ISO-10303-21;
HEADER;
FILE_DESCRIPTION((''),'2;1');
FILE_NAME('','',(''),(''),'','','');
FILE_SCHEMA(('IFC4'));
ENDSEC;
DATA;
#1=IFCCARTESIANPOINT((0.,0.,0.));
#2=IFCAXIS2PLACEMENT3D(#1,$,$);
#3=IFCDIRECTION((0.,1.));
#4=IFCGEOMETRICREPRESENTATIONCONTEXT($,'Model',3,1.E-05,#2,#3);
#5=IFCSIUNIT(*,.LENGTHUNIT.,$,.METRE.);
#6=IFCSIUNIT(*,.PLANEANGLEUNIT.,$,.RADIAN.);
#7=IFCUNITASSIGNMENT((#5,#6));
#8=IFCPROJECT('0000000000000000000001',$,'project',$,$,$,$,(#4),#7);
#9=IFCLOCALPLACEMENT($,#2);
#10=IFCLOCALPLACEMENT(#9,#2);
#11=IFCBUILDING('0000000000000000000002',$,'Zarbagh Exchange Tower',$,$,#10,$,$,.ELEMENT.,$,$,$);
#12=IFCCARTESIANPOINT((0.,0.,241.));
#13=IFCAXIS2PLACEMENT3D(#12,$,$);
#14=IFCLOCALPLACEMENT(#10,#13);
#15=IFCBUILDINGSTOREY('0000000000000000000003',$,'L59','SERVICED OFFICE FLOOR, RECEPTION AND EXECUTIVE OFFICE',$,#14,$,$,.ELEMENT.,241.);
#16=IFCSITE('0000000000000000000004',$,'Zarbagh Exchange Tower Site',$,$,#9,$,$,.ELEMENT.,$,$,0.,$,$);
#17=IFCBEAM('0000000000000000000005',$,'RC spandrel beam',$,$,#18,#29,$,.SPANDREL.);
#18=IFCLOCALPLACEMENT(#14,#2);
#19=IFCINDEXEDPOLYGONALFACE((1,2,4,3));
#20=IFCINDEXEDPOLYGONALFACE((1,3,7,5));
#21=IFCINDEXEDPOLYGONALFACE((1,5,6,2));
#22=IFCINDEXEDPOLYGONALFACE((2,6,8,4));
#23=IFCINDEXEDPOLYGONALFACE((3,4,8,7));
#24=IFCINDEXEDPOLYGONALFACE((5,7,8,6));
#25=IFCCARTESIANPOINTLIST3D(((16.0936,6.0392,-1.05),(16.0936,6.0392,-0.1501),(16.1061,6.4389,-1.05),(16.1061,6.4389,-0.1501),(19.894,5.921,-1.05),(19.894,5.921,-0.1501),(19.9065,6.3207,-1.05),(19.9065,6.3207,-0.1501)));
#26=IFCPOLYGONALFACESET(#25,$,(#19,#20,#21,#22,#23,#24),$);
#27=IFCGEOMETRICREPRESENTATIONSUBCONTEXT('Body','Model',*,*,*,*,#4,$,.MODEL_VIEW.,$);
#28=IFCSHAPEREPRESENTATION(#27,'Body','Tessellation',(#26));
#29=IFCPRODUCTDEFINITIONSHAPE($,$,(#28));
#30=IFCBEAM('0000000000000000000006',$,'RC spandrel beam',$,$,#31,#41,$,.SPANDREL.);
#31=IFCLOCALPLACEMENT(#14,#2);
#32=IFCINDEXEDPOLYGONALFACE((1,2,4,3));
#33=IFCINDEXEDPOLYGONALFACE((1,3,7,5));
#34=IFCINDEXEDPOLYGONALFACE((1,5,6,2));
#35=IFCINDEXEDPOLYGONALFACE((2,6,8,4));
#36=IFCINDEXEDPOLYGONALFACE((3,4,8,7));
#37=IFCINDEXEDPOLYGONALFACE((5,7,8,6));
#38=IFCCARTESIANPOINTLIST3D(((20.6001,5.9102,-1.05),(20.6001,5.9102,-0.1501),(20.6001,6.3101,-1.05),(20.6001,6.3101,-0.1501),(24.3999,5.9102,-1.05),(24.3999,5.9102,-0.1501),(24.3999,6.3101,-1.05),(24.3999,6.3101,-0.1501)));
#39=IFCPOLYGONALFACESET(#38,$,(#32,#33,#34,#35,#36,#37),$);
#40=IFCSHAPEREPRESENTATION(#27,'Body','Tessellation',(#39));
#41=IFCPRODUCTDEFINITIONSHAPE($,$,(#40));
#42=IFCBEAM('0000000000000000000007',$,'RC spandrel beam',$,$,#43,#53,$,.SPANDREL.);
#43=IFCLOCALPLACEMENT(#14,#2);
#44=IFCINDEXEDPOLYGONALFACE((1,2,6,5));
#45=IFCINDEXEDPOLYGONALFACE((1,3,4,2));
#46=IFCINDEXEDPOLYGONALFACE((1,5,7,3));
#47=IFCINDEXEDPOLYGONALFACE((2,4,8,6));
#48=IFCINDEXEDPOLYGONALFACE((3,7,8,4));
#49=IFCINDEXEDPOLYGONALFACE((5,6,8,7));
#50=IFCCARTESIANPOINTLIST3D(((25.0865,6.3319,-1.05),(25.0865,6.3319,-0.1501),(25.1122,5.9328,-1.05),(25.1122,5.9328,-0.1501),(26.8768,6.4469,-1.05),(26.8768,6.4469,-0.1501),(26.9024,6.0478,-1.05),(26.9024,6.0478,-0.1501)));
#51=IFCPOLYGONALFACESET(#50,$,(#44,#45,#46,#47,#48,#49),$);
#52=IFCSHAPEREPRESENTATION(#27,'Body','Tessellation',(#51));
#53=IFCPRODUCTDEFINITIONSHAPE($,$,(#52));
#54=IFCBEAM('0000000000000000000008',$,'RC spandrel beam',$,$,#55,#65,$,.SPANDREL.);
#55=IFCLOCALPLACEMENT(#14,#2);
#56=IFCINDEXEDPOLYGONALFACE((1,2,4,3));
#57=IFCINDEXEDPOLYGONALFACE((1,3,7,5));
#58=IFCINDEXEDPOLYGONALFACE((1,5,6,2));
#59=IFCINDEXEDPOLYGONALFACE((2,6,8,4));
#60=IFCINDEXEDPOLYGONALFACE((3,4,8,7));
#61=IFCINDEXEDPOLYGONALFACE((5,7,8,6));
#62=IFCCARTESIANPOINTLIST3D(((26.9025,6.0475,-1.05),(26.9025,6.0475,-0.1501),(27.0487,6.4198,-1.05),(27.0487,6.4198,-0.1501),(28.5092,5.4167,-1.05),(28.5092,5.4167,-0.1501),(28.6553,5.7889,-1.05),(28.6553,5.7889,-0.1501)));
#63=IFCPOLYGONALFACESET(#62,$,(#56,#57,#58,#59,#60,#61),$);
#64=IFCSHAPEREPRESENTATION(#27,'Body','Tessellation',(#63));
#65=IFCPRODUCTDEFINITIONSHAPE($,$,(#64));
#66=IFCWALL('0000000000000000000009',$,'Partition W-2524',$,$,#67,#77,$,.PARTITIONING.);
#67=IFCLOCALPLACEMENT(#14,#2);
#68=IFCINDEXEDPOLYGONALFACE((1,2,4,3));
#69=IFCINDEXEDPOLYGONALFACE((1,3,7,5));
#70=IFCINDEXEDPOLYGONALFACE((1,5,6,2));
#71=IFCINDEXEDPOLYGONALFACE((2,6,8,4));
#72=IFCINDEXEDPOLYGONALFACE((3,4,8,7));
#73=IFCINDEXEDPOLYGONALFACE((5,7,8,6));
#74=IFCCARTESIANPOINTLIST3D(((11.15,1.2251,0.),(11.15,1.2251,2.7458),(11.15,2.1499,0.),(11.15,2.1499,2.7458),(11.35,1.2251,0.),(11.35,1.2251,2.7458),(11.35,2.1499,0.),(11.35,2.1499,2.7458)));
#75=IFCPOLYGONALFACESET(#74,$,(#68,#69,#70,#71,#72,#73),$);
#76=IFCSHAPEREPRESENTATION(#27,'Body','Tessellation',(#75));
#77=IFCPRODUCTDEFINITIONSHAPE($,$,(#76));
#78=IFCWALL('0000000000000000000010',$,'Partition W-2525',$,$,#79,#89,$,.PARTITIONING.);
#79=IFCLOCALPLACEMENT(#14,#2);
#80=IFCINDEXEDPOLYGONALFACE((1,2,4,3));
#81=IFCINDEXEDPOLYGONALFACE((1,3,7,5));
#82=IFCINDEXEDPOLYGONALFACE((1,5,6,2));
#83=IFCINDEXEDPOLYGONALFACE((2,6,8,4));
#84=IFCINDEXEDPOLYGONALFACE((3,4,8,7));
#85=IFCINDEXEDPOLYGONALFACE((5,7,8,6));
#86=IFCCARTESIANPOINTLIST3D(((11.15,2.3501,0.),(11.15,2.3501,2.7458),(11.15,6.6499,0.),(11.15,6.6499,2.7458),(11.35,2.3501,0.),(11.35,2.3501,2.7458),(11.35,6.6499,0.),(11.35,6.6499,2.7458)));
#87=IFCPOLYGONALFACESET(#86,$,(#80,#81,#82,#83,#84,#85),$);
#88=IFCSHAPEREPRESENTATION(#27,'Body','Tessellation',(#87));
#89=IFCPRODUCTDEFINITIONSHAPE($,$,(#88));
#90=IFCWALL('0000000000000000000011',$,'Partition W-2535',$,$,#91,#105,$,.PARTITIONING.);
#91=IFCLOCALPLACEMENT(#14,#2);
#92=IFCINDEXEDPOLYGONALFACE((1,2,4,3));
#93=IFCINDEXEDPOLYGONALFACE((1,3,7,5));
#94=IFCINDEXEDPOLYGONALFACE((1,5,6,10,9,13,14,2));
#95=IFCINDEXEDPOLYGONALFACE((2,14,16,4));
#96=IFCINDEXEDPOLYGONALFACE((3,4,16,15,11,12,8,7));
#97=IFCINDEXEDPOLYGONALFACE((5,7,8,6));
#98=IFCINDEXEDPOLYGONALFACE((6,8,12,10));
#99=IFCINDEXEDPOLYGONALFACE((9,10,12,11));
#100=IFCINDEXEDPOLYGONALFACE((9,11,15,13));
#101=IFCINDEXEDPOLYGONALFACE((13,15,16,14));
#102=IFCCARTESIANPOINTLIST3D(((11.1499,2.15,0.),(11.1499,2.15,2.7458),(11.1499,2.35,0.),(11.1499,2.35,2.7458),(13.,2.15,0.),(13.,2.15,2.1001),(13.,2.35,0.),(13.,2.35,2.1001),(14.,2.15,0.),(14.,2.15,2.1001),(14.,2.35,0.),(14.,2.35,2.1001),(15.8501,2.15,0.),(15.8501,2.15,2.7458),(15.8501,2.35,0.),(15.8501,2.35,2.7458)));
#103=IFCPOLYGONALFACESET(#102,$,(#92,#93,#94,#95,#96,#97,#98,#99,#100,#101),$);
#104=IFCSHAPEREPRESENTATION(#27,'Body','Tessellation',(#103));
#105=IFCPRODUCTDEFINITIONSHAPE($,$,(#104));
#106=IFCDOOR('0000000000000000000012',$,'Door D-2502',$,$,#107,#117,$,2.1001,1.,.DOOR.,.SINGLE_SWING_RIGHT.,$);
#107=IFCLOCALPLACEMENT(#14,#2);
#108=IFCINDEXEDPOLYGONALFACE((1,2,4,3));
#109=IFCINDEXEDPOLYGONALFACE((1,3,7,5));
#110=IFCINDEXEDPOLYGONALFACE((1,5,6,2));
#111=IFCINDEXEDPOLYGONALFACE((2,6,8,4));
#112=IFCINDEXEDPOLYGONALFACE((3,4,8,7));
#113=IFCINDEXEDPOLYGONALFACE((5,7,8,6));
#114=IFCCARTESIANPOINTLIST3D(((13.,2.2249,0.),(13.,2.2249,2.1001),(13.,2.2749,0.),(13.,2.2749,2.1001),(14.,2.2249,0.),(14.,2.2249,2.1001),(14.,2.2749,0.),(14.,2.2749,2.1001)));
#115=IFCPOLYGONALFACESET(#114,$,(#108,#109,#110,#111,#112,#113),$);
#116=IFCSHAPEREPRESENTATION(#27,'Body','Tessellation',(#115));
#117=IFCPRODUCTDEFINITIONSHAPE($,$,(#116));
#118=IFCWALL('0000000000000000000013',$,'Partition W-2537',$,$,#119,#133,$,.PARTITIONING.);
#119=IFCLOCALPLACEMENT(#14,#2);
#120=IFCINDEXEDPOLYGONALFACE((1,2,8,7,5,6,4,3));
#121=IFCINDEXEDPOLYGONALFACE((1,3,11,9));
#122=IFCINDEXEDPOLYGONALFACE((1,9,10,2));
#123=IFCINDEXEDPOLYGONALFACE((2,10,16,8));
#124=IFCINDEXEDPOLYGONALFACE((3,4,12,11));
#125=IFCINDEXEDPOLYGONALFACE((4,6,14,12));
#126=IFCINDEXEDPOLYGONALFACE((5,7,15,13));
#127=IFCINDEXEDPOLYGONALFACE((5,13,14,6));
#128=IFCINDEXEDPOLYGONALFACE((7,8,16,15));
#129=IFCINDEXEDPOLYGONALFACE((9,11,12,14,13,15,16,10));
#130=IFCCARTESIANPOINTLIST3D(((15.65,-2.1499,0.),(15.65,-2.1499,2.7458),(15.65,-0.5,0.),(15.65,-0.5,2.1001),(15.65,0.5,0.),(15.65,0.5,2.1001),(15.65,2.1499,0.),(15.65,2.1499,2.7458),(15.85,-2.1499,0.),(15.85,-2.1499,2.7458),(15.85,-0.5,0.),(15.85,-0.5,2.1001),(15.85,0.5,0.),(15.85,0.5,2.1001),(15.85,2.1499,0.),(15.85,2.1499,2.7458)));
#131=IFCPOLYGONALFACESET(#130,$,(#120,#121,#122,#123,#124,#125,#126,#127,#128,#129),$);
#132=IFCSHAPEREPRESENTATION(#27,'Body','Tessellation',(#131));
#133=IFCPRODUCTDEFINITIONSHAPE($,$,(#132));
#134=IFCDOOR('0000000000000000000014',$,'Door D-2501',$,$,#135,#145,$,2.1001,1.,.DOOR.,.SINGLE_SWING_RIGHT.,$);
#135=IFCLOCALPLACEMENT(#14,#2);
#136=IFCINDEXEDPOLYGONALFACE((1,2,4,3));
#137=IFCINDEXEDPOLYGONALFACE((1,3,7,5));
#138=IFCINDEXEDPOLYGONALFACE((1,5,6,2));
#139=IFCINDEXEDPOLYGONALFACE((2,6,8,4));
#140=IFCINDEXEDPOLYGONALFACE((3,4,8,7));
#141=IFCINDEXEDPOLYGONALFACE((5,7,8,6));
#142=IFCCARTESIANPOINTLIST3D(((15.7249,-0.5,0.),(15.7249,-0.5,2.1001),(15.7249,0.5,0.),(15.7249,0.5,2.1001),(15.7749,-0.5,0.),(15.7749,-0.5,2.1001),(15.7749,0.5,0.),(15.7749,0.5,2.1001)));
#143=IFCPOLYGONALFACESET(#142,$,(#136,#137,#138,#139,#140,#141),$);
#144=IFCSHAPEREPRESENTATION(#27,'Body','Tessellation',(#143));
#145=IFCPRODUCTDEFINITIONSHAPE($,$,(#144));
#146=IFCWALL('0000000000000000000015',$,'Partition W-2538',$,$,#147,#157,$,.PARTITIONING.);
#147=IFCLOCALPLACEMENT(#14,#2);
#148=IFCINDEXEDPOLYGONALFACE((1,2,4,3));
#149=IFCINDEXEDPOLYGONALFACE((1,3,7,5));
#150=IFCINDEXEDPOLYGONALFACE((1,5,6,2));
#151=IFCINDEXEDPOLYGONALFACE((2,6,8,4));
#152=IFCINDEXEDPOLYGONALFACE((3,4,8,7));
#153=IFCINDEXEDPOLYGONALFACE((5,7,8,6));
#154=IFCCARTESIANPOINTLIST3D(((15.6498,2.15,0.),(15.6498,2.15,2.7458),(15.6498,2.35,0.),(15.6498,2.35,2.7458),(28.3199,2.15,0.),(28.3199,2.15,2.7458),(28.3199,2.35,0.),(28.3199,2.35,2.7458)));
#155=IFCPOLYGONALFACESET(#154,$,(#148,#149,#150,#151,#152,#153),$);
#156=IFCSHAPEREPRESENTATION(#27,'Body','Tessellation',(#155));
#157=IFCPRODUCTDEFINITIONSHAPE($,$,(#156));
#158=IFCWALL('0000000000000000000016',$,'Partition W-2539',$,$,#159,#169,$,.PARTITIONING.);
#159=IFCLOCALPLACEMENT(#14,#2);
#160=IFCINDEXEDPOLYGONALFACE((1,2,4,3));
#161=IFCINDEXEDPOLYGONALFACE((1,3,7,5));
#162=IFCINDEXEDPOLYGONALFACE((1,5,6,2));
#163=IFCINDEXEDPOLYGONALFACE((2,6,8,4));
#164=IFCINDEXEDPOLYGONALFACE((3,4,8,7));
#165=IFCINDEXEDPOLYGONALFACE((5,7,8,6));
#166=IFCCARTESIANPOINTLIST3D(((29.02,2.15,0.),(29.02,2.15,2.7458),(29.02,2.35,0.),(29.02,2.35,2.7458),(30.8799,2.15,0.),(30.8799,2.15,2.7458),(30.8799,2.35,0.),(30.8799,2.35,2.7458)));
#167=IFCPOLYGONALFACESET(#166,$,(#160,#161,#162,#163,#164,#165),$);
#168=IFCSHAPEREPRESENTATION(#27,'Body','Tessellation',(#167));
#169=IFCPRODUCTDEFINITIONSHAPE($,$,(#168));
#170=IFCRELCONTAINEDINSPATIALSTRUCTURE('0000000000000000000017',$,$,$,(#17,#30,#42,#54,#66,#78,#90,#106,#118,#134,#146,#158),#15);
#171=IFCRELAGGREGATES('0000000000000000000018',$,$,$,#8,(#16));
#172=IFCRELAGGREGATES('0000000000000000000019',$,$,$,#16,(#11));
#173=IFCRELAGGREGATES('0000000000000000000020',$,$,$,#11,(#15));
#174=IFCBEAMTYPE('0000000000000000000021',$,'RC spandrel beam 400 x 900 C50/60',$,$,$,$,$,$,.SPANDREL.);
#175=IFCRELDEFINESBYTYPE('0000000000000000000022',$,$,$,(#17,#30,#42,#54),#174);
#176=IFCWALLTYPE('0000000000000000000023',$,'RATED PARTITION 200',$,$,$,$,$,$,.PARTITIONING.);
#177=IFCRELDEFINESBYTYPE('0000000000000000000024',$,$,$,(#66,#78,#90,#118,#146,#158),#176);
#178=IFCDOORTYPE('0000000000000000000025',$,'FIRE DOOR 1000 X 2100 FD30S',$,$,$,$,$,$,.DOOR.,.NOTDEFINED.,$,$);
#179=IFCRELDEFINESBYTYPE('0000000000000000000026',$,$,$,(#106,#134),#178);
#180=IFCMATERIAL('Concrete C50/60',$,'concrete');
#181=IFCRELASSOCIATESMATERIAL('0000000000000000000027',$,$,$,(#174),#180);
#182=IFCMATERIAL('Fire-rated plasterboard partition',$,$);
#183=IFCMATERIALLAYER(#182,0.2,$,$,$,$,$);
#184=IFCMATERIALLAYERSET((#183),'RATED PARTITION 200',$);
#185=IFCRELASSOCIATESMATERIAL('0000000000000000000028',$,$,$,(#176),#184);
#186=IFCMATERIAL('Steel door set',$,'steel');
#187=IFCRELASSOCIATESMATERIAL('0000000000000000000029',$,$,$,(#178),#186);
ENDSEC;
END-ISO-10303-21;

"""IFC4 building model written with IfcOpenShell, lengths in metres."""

from ifc_helpers import new_model, si_unit, direction, frame, frame_2d, origin, origin_2d, place, context, subcontext, project, spatial, rectangle, extrude, material, layer, layer_set, material_profile, profile_set, type_object, element, fill, save


model = new_model("IFC4")

# Units and contexts
model_context = context("Model", 3, precision=1e-05, world=origin(), true_north=direction((0.0, 1.0)))
body_context = subcontext(model_context, "Body", "Model", "MODEL_VIEW")
ifc_project = project(units=[si_unit("LENGTHUNIT", "METRE"), si_unit("PLANEANGLEUNIT", "RADIAN")], contexts=[model_context])

# Site, building, storey
site_placement = place(None, origin())
site = spatial("IfcSite", under=ifc_project, at=site_placement, Name="Zarbagh Exchange Tower Site", CompositionType="ELEMENT", RefElevation=0.0)
building_placement = place(site_placement, origin())
building = spatial("IfcBuilding", under=site, at=building_placement, Name="Zarbagh Exchange Tower", CompositionType="ELEMENT")
storey_placement = place(building_placement, frame((0.0, 0.0, 241.0)))
storey = spatial("IfcBuildingStorey", under=building, at=storey_placement, Name="L59", Description="SERVICED OFFICE FLOOR, RECEPTION AND EXECUTIVE OFFICE", CompositionType="ELEMENT", Elevation=241.0)

# Shared definitions
ifc_material_1 = material(Name="Concrete C50/60", Category="concrete")

# Beams
ifc_material_profile_1 = material_profile(ifc_material_1, rectangle(XDim=0.3999, YDim=0.8999, at=origin_2d()), Name="RC spandrel beam 400 x 900 C50/60")
ifc_profile_set_1 = profile_set([ifc_material_profile_1], Name="Concrete C50/60")
beam_type_1 = type_object("IfcBeamType", Name="RC spandrel beam 400 x 900 C50/60", PredefinedType="SPANDREL", material=ifc_profile_set_1)
beam_1_placement = place(storey_placement, frame((16.0999, 6.239, -0.6001), z_axis=(0.999517, -0.031078, 0.0), x_axis=(0.031078, 0.999517, 0.0)))
element("IfcBeam", 1, at=beam_1_placement, inside=storey, type_object=beam_type_1, Name="RC spandrel beam", PredefinedType="SPANDREL", context=body_context, shape_type="SweptSolid", body=[
    extrude(rectangle(XDim=0.3999, YDim=0.8999, at=origin_2d()), origin(), (0.0, 0.0, 1.0), 3.8022),
])
beam_2_placement = place(storey_placement, frame((20.6001, 6.1101, -0.6001), z_axis=(1.0, 0.0, 0.0), x_axis=(0.0, 1.0, 0.0)))
element("IfcBeam", 2, at=beam_2_placement, inside=storey, type_object=beam_type_1, Name="RC spandrel beam", PredefinedType="SPANDREL", context=body_context, shape_type="SweptSolid", body=[
    extrude(rectangle(XDim=0.3999, YDim=0.8999, at=origin_2d()), origin(), (0.0, 0.0, 1.0), 3.7998),
])
beam_3_placement = place(storey_placement, frame((25.0994, 6.1323, -0.6001), z_axis=(0.997944, 0.064098, 0.0), x_axis=(-0.064098, 0.997944, 0.0)))
element("IfcBeam", 3, at=beam_3_placement, inside=storey, type_object=beam_type_1, Name="RC spandrel beam", PredefinedType="SPANDREL", context=body_context, shape_type="SweptSolid", body=[
    extrude(rectangle(XDim=0.3999, YDim=0.8999, at=origin_2d()), origin(), (0.0, 0.0, 1.0), 1.7939),
])
beam_4_placement = place(storey_placement, frame((26.9756, 6.2336, -0.6001), z_axis=(0.930819, -0.365482, 0.0), x_axis=(0.365482, 0.930819, 0.0)))
element("IfcBeam", 4, at=beam_4_placement, inside=storey, type_object=beam_type_1, Name="RC spandrel beam", PredefinedType="SPANDREL", context=body_context, shape_type="SweptSolid", body=[
    extrude(rectangle(XDim=0.3999, YDim=0.8999, at=origin_2d()), origin(), (0.0, 0.0, 1.0), 1.7261),
])

# Walls
ifc_material_2 = material(Name="Fire-rated plasterboard partition")
ifc_layer = layer(ifc_material_2, 0.2)
ifc_layer_set = layer_set([ifc_layer], Name="RATED PARTITION 200")
wall_type = type_object("IfcWallType", Name="RATED PARTITION 200", PredefinedType="PARTITIONING", material=ifc_layer_set)
wall_1_placement = place(storey_placement, frame((11.25, 1.2251, 0.0), z_axis=(0.0, 0.0, 1.0), x_axis=(0.0, 1.0, 0.0)))
element("IfcWall", 5, at=wall_1_placement, inside=storey, type_object=wall_type, Name="Partition W-2524", PredefinedType="PARTITIONING", context=body_context, shape_type="SweptSolid", body=[
    extrude(rectangle(XDim=0.9248, YDim=0.2, at=frame_2d((0.4624, 0.0))), origin(), (0.0, 0.0, 1.0), 2.7458),
])
wall_2_placement = place(storey_placement, frame((11.25, 2.3501, 0.0), z_axis=(0.0, 0.0, 1.0), x_axis=(0.0, 1.0, 0.0)))
element("IfcWall", 6, at=wall_2_placement, inside=storey, type_object=wall_type, Name="Partition W-2525", PredefinedType="PARTITIONING", context=body_context, shape_type="SweptSolid", body=[
    extrude(rectangle(XDim=4.2998, YDim=0.2, at=frame_2d((2.1499, 0.0))), origin(), (0.0, 0.0, 1.0), 2.7458),
])

# Walls, openings, doors
wall_3_placement = place(storey_placement, frame((11.1499, 2.25, 0.0), z_axis=(0.0, 0.0, 1.0), x_axis=(1.0, 0.0, 0.0)))
wall_3 = element("IfcWall", 7, at=wall_3_placement, inside=storey, type_object=wall_type, Name="Partition W-2535", PredefinedType="PARTITIONING", context=body_context, shape_type="SweptSolid", body=[
    extrude(rectangle(XDim=4.7002, YDim=0.2, at=frame_2d((2.3501, 0.0))), origin(), (0.0, 0.0, 1.0), 2.7458),
])
opening_1_placement = place(wall_3_placement, frame((1.8501, 0.0, 0.0)))
opening_1 = element("IfcOpeningElement", 8, at=opening_1_placement, cuts=wall_3, PredefinedType="OPENING", context=body_context, shape_type="SweptSolid", body=[
    extrude(rectangle(XDim=1.0, YDim=2.1001, at=frame_2d((0.5, 1.05))), frame((0.0, 0.1099, 0.0), z_axis=(0.0, -1.0, 0.0), x_axis=(1.0, 0.0, 0.0)), (0.0, 0.0, 1.0), 0.22),
])
ifc_material_3 = material(Name="Steel door set", Category="steel")
door_type = type_object("IfcDoorType", Name="FIRE DOOR 1000 X 2100 FD30S", OperationType="NOTDEFINED", PredefinedType="DOOR", material=ifc_material_3)
door_1_placement = place(opening_1_placement, origin())
door_1 = element("IfcDoor", 9, at=door_1_placement, inside=storey, type_object=door_type, Name="Door D-2502", OperationType="SINGLE_SWING_RIGHT", OverallHeight=2.1001, OverallWidth=1.0, PredefinedType="DOOR", context=body_context, shape_type="SweptSolid", body=[
    extrude(rectangle(XDim=1.0, YDim=2.1001, at=frame_2d((0.5, 1.05))), frame((0.0, 0.0249, 0.0), z_axis=(0.0, -1.0, 0.0), x_axis=(1.0, 0.0, 0.0)), (0.0, 0.0, 1.0), 0.05),
])
fill(opening_1, door_1)
wall_4_placement = place(storey_placement, frame((15.75, 2.1499, 0.0), z_axis=(0.0, 0.0, 1.0), x_axis=(0.0, -1.0, 0.0)))
wall_4 = element("IfcWall", 10, at=wall_4_placement, inside=storey, type_object=wall_type, Name="Partition W-2537", PredefinedType="PARTITIONING", context=body_context, shape_type="SweptSolid", body=[
    extrude(rectangle(XDim=4.2998, YDim=0.2, at=frame_2d((2.1499, 0.0))), origin(), (0.0, 0.0, 1.0), 2.7458),
])
opening_2_placement = place(wall_4_placement, frame((1.6499, 0.0, 0.0)))
opening_2 = element("IfcOpeningElement", 11, at=opening_2_placement, cuts=wall_4, PredefinedType="OPENING", context=body_context, shape_type="SweptSolid", body=[
    extrude(rectangle(XDim=1.0, YDim=2.1001, at=frame_2d((0.5, 1.05))), frame((0.0, 0.1099, 0.0), z_axis=(0.0, -1.0, 0.0), x_axis=(1.0, 0.0, 0.0)), (0.0, 0.0, 1.0), 0.22),
])
door_2_placement = place(opening_2_placement, origin())
door_2 = element("IfcDoor", 12, at=door_2_placement, inside=storey, type_object=door_type, Name="Door D-2501", OperationType="SINGLE_SWING_RIGHT", OverallHeight=2.1001, OverallWidth=1.0, PredefinedType="DOOR", context=body_context, shape_type="SweptSolid", body=[
    extrude(rectangle(XDim=1.0, YDim=2.1001, at=frame_2d((0.5, 1.05))), frame((0.0, 0.0249, 0.0), z_axis=(0.0, -1.0, 0.0), x_axis=(1.0, 0.0, 0.0)), (0.0, 0.0, 1.0), 0.05),
])
fill(opening_2, door_2)

# Walls
wall_5_placement = place(storey_placement, frame((15.6499, 2.25, 0.0), z_axis=(0.0, 0.0, 1.0), x_axis=(1.0, 0.0, 0.0)))
element("IfcWall", 13, at=wall_5_placement, inside=storey, type_object=wall_type, Name="Partition W-2538", PredefinedType="PARTITIONING", context=body_context, shape_type="SweptSolid", body=[
    extrude(rectangle(XDim=12.6702, YDim=0.2, at=frame_2d((6.335, 0.0))), origin(), (0.0, 0.0, 1.0), 2.7458),
])
wall_6_placement = place(storey_placement, frame((29.02, 2.25, 0.0), z_axis=(0.0, 0.0, 1.0), x_axis=(1.0, 0.0, 0.0)))
element("IfcWall", 14, at=wall_6_placement, inside=storey, type_object=wall_type, Name="Partition W-2539", PredefinedType="PARTITIONING", context=body_context, shape_type="SweptSolid", body=[
    extrude(rectangle(XDim=1.8599, YDim=0.2, at=frame_2d((0.9299, 0.0))), origin(), (0.0, 0.0, 1.0), 2.7458),
])

save(model, "model.ifc")
